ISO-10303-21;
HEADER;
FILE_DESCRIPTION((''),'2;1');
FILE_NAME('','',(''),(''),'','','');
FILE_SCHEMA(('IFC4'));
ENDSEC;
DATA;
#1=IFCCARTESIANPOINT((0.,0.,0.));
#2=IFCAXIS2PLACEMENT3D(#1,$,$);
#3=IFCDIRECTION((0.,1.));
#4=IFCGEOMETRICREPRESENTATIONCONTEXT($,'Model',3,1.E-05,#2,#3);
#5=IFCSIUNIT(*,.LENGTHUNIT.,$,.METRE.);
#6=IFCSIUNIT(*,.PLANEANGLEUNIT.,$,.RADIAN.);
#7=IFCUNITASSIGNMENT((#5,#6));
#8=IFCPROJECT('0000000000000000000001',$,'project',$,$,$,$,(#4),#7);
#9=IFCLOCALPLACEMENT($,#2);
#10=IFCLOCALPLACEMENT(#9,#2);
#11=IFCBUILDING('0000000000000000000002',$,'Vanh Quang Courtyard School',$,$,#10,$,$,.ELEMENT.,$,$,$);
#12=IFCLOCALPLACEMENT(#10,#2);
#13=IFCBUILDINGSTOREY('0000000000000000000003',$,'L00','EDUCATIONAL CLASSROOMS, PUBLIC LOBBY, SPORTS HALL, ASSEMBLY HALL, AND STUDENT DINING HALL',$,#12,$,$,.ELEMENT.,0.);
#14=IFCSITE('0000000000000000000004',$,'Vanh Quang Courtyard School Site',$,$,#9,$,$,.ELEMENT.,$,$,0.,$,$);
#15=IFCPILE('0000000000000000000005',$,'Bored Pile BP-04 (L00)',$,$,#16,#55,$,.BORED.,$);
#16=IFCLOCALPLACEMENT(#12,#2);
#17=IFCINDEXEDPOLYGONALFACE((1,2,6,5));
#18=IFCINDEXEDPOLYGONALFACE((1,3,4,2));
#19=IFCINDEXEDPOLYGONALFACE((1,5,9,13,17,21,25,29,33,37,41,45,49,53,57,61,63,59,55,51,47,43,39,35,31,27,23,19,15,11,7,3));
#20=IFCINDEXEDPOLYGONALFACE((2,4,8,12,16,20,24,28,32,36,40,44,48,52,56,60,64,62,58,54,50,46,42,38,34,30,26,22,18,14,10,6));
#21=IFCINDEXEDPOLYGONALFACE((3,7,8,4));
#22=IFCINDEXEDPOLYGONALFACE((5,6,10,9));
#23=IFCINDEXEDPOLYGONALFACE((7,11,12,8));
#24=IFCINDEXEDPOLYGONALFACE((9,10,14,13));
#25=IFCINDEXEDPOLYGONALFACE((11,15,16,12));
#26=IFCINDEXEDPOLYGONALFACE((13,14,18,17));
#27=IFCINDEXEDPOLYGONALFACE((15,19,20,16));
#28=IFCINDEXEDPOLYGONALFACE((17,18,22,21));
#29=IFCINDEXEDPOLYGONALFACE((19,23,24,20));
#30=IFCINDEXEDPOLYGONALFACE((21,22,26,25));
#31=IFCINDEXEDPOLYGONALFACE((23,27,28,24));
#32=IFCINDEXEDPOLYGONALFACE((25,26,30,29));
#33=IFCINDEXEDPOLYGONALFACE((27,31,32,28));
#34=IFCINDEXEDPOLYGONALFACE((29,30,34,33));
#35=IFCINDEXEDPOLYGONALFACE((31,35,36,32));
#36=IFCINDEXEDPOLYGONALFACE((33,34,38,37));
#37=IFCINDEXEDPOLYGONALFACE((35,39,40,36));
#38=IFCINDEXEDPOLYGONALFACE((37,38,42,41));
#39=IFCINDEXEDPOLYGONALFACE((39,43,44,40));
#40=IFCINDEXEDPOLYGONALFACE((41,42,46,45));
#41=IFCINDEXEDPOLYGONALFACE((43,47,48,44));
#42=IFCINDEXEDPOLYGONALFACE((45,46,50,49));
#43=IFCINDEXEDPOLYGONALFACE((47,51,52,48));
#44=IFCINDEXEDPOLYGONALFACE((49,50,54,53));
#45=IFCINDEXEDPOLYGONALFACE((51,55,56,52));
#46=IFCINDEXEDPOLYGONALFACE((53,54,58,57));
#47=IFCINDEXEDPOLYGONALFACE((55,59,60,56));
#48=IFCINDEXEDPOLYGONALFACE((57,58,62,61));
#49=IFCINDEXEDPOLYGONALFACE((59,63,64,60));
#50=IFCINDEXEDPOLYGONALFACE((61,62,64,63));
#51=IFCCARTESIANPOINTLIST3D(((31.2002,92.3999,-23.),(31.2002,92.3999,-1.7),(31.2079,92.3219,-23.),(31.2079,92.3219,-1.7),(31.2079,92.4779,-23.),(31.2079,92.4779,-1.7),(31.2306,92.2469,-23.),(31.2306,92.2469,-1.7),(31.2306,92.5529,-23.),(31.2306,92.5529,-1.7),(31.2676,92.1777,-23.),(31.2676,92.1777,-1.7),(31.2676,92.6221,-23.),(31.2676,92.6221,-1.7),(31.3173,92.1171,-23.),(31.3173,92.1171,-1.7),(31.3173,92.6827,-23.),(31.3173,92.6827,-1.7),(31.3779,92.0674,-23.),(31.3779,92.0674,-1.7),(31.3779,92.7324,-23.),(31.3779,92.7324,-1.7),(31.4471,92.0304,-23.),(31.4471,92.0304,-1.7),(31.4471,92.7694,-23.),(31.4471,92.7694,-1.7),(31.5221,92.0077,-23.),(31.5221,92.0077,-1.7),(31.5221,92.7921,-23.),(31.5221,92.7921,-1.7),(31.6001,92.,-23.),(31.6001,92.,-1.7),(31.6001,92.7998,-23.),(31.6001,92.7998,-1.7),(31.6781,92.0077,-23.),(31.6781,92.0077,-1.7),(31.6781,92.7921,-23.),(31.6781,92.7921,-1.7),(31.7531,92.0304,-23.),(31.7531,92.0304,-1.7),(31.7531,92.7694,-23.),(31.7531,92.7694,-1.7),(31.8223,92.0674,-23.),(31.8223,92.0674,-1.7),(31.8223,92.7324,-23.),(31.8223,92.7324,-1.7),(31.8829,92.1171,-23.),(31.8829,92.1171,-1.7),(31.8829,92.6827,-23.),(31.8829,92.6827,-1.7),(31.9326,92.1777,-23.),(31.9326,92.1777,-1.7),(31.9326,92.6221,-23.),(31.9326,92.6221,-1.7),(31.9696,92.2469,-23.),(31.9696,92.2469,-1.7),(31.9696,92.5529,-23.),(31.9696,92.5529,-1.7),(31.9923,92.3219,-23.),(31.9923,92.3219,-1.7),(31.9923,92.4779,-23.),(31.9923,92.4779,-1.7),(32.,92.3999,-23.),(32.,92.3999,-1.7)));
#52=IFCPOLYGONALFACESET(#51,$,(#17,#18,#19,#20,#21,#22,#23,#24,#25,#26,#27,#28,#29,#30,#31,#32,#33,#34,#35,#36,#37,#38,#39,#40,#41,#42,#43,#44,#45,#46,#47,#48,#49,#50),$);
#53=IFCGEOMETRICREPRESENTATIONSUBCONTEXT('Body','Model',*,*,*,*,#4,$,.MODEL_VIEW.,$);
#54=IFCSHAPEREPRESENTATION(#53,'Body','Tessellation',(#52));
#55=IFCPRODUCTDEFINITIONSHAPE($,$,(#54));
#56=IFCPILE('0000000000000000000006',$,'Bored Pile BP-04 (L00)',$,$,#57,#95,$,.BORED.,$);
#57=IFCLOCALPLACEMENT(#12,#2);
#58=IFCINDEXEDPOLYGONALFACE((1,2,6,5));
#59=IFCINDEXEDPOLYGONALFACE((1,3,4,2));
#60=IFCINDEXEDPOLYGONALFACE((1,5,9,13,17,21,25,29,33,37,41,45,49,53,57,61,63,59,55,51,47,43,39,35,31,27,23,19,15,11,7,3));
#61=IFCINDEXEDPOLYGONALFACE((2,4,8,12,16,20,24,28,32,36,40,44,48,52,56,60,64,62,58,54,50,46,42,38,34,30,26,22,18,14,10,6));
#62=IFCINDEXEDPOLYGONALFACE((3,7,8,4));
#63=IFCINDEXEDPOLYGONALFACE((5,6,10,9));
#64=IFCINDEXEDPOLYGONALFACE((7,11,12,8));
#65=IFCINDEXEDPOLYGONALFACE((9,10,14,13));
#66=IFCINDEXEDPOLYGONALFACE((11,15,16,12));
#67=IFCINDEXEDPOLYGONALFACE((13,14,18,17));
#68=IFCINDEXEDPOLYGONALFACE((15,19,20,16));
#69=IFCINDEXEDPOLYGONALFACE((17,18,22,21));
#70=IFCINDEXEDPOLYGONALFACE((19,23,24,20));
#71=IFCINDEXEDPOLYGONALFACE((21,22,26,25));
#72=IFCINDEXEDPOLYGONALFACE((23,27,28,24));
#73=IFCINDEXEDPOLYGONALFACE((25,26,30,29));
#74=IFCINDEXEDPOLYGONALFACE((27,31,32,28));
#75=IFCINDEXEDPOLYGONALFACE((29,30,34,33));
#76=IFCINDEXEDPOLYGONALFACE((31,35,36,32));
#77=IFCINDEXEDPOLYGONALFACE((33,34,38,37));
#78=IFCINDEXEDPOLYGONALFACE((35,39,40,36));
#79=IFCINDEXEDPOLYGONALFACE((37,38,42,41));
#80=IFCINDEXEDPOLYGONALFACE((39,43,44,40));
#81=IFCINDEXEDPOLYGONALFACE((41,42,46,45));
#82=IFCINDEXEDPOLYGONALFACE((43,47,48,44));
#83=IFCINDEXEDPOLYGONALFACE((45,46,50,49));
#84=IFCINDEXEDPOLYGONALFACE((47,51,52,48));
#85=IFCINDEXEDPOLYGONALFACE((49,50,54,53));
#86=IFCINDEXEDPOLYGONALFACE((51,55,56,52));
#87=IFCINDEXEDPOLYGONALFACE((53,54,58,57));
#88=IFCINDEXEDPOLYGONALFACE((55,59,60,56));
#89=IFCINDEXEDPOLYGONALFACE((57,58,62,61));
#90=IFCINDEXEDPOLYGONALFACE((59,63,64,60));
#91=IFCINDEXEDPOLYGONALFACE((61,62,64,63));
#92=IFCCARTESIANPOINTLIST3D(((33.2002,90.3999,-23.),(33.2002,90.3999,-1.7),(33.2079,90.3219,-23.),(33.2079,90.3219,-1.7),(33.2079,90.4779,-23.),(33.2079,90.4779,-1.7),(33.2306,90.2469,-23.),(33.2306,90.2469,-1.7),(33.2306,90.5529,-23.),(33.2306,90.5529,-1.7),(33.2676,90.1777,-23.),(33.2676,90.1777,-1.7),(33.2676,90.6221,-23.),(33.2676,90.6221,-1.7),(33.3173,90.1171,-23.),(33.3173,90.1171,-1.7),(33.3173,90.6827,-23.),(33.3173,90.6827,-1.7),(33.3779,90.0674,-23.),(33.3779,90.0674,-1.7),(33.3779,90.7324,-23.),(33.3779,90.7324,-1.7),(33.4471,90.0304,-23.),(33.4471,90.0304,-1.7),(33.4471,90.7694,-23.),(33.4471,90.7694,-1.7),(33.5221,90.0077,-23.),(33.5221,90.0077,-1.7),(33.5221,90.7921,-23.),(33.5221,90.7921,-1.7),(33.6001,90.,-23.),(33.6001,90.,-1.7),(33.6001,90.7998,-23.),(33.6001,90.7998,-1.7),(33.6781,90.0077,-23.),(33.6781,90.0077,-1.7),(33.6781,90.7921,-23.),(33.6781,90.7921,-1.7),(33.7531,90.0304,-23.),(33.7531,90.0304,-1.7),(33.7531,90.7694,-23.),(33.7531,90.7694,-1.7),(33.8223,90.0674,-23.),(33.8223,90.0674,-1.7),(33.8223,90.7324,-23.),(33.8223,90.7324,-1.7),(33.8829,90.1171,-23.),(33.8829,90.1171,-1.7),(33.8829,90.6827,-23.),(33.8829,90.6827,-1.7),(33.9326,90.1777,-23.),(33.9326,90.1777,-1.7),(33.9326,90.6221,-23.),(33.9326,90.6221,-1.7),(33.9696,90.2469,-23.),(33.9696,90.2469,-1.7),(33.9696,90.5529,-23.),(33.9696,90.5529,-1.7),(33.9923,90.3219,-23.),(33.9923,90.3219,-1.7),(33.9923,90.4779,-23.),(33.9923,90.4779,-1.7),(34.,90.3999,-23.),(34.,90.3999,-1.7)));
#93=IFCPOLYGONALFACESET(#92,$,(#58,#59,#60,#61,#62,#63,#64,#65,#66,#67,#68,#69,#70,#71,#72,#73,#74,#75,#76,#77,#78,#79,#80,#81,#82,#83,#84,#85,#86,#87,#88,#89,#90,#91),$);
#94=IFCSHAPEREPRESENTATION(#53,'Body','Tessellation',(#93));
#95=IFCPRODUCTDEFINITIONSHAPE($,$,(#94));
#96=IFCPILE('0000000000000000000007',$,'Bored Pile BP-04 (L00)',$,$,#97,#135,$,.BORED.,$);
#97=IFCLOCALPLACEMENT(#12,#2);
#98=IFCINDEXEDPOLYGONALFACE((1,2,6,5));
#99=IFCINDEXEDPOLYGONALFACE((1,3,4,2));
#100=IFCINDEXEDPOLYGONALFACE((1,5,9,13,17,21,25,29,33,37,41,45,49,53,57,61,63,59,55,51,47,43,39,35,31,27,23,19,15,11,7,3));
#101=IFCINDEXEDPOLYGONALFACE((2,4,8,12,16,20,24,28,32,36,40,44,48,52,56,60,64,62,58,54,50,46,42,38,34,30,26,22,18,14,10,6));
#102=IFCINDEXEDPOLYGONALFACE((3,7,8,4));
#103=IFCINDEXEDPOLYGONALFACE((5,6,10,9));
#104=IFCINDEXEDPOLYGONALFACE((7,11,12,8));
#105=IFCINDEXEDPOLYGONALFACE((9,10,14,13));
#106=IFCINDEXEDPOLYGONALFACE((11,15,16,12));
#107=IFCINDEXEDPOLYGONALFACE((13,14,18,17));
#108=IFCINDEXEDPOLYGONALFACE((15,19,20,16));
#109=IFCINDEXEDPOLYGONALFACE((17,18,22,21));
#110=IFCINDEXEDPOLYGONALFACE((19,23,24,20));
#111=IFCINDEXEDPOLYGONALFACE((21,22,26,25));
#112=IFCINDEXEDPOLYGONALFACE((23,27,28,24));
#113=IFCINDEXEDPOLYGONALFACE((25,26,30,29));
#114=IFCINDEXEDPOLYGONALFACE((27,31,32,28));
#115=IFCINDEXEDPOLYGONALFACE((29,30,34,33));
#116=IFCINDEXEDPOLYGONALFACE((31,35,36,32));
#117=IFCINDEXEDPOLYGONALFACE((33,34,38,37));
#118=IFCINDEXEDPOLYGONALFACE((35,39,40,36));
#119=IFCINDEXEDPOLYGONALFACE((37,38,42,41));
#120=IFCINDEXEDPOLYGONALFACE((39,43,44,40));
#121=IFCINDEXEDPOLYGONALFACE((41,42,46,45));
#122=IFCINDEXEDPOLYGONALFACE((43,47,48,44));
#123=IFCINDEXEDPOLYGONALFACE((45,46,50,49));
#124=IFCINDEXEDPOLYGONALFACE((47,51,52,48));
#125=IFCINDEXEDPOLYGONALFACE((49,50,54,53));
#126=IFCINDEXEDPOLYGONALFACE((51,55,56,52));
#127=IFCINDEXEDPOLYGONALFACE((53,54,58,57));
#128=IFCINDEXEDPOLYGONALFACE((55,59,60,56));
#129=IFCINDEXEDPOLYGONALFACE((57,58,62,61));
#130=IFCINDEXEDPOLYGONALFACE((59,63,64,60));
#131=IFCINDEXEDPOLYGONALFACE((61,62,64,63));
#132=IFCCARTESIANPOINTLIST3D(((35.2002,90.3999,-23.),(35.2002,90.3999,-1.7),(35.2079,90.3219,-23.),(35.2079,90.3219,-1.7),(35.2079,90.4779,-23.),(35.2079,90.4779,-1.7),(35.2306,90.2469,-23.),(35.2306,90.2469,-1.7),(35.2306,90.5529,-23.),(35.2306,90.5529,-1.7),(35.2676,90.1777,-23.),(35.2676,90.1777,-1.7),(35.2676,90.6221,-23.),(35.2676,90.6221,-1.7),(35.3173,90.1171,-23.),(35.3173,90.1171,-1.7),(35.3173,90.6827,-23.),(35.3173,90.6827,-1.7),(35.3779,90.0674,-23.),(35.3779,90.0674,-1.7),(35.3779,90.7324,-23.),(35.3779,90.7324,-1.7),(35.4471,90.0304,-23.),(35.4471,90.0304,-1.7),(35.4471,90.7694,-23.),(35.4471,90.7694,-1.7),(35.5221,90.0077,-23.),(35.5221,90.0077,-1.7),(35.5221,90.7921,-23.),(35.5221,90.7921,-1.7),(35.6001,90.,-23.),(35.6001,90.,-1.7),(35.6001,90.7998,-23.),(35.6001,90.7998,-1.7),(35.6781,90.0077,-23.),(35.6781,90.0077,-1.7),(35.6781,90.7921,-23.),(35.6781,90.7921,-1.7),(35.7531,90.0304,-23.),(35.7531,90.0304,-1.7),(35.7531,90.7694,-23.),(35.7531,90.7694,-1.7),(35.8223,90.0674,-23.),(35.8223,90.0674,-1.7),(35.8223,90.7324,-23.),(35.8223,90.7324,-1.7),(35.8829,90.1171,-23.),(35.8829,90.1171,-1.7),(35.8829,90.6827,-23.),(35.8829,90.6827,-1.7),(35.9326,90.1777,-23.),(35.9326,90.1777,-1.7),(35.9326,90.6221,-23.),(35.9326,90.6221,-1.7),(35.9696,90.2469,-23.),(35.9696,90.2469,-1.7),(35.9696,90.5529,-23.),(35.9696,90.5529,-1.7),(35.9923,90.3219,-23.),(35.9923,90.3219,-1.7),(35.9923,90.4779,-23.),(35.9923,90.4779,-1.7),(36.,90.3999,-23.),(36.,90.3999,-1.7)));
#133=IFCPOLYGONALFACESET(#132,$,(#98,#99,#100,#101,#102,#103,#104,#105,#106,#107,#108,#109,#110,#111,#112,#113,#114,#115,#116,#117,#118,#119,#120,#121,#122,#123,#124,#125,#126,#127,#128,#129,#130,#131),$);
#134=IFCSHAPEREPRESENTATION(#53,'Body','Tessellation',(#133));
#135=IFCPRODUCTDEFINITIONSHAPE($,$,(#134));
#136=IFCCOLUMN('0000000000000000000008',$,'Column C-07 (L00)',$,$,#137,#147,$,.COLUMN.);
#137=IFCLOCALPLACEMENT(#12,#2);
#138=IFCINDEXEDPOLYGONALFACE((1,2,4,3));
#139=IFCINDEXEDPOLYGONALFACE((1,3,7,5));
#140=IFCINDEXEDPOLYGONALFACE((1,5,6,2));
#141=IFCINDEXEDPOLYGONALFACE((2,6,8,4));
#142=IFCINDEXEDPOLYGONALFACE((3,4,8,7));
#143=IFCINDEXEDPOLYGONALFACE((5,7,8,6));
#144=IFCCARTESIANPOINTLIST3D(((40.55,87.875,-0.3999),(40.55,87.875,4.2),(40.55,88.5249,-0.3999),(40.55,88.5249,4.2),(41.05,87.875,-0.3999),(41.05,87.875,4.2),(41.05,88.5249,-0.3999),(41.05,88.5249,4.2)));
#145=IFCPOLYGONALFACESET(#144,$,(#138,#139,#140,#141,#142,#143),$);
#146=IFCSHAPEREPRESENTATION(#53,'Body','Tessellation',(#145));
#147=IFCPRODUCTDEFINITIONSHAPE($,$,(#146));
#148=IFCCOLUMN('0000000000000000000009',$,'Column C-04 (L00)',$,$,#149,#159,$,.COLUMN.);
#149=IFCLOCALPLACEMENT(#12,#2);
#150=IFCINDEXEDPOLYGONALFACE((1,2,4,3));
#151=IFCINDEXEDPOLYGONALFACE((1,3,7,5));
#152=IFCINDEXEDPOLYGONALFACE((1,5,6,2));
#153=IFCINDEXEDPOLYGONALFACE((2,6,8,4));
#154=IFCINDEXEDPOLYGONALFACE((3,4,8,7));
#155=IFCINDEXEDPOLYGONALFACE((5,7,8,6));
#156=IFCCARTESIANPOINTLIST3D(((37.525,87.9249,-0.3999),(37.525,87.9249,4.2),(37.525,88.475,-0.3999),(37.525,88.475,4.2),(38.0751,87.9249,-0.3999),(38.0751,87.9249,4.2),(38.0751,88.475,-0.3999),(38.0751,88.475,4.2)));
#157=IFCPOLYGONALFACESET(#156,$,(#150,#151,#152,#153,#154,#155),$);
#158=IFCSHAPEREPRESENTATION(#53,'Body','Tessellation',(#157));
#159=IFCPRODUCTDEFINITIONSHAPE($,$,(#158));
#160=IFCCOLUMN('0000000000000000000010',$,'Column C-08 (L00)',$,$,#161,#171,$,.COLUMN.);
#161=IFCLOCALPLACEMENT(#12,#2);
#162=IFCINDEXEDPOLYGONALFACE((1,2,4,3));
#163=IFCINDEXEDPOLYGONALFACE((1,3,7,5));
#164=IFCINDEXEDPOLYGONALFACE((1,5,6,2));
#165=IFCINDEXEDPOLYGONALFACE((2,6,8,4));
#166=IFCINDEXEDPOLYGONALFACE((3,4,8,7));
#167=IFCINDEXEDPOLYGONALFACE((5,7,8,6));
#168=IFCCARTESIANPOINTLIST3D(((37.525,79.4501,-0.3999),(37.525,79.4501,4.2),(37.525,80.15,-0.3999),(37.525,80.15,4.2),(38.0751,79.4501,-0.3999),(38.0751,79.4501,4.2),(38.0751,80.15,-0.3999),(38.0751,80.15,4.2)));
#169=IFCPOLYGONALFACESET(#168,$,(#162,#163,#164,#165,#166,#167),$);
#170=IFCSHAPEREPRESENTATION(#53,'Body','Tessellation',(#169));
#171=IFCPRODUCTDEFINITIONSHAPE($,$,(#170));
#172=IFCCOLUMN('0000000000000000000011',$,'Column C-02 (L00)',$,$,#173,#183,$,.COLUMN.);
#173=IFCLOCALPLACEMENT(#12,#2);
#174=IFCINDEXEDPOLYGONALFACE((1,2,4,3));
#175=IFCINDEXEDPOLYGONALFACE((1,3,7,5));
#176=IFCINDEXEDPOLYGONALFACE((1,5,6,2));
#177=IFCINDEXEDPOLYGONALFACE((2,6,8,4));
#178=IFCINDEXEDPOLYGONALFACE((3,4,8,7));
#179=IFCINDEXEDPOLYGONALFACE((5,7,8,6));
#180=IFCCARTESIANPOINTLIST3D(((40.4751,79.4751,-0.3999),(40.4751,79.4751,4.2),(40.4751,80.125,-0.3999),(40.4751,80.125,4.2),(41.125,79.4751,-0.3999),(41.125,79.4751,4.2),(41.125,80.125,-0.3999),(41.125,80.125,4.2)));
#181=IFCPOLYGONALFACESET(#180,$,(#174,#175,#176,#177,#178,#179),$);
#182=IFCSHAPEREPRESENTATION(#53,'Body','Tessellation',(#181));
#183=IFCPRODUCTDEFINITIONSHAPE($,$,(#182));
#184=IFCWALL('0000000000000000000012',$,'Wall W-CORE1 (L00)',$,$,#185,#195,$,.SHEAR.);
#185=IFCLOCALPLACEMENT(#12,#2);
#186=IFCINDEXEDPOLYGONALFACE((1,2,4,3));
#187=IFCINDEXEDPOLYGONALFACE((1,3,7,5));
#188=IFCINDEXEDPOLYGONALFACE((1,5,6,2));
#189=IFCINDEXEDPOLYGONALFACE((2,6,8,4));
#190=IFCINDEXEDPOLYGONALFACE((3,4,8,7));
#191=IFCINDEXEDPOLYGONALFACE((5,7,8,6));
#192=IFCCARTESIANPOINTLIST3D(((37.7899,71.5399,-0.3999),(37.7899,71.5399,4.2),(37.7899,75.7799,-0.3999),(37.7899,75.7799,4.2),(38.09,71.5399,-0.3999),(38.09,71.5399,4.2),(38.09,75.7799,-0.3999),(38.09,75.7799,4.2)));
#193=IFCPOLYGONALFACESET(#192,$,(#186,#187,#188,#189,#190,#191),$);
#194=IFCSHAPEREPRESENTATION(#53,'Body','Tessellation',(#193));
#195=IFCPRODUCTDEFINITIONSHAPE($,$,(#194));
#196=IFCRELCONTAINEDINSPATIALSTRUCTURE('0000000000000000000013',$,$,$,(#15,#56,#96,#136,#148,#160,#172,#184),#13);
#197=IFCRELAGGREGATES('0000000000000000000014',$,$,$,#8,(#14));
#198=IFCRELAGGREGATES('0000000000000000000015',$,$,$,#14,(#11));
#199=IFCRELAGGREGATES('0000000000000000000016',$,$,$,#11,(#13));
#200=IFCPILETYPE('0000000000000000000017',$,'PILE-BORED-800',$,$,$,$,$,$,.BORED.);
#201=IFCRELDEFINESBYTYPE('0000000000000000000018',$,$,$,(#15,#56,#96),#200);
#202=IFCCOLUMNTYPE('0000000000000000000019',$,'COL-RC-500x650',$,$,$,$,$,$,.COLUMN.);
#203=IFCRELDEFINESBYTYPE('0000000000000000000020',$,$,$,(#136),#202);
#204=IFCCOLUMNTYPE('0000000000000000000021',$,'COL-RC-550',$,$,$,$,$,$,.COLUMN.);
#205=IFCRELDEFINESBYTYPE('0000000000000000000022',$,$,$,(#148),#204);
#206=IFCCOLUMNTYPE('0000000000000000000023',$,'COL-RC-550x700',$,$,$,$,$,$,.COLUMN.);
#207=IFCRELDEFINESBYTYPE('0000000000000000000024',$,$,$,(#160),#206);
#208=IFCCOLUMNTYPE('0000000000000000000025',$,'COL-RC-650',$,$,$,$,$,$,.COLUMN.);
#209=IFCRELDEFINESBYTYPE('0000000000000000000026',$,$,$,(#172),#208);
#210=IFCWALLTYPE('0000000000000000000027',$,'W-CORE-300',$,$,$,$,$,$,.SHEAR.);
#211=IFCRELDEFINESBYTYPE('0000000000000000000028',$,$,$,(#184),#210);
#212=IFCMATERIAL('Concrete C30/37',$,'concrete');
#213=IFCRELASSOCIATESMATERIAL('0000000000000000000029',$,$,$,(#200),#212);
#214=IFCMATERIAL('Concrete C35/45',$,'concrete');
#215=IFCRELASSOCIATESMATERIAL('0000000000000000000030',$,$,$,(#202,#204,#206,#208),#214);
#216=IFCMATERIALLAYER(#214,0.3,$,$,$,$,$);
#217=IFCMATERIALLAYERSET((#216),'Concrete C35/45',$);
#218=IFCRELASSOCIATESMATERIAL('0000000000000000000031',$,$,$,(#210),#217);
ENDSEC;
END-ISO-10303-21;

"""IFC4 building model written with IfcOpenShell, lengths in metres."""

from ifc_helpers import new_model, si_unit, direction, frame, frame_2d, origin, origin_2d, place, context, subcontext, project, spatial, rectangle, circle, extrude, material, layer, layer_set, material_profile, profile_set, type_object, element, save


model = new_model("IFC4")

# Units and contexts
model_context = context("Model", 3, precision=1e-05, world=origin(), true_north=direction((0.0, 1.0)))
body_context = subcontext(model_context, "Body", "Model", "MODEL_VIEW")
ifc_project = project(units=[si_unit("LENGTHUNIT", "METRE"), si_unit("PLANEANGLEUNIT", "RADIAN")], contexts=[model_context])

# Site, building, storey
site_placement = place(None, origin())
site = spatial("IfcSite", under=ifc_project, at=site_placement, Name="Vanh Quang Courtyard School Site", CompositionType="ELEMENT", RefElevation=0.0)
building_placement = place(site_placement, origin())
building = spatial("IfcBuilding", under=site, at=building_placement, Name="Vanh Quang Courtyard School", CompositionType="ELEMENT")
storey_placement = place(building_placement, origin())
storey = spatial("IfcBuildingStorey", under=building, at=storey_placement, Name="L00", Description="EDUCATIONAL CLASSROOMS, PUBLIC LOBBY, SPORTS HALL, ASSEMBLY HALL, AND STUDENT DINING HALL", CompositionType="ELEMENT", Elevation=0.0)

# Shared definitions
ifc_material_1 = material(Name="Concrete C35/45", Category="concrete")

# Piles
ifc_material_2 = material(Name="Concrete C30/37", Category="concrete")
ifc_material_profile_1 = material_profile(ifc_material_2, circle(Radius=0.3999, at=origin_2d()), Name="PILE D800")
ifc_profile_set_1 = profile_set([ifc_material_profile_1], Name="Concrete C30/37")
pile_type_1 = type_object("IfcPileType", Name="PILE-BORED-800", PredefinedType="BORED", material=ifc_profile_set_1)
for number, where, z_axis, x_axis, name in (
    (1, (31.6001, 92.3999, -1.7), (0.0, 0.0, -1.0), (1.0, 0.0, 0.0), "Bored Pile BP-04 (L00)"),
    (2, (33.6001, 90.3999, -1.7), (0.0, 0.0, -1.0), (1.0, 0.0, 0.0), "Bored Pile BP-04 (L00)"),
    (3, (35.6001, 90.3999, -1.7), (0.0, 0.0, -1.0), (1.0, 0.0, 0.0), "Bored Pile BP-04 (L00)"),
):
    element("IfcPile", number, at=place(storey_placement, frame(where, z_axis=z_axis, x_axis=x_axis)), inside=storey, type_object=pile_type_1, Name=name, PredefinedType="BORED", context=body_context, shape_type="SweptSolid", body=[
        extrude(circle(Radius=0.3999, at=origin_2d()), origin(), (0.0, 0.0, 1.0), 21.3),
    ])

# Columns
ifc_material_profile_2 = material_profile(ifc_material_1, rectangle(XDim=0.5, YDim=0.6499, at=origin_2d()), Name="RC-COL 500x650")
ifc_profile_set_2 = profile_set([ifc_material_profile_2], Name="Concrete C35/45")
column_type_1 = type_object("IfcColumnType", Name="COL-RC-500x650", PredefinedType="COLUMN", material=ifc_profile_set_2)
column_1_placement = place(storey_placement, frame((40.8, 88.2, -0.3999), z_axis=(0.0, 0.0, 1.0), x_axis=(1.0, 0.0, 0.0)))
element("IfcColumn", 4, at=column_1_placement, inside=storey, type_object=column_type_1, Name="Column C-07 (L00)", PredefinedType="COLUMN", context=body_context, shape_type="SweptSolid", body=[
    extrude(rectangle(XDim=0.5, YDim=0.6499, at=origin_2d()), origin(), (0.0, 0.0, 1.0), 4.5999),
])
ifc_material_profile_3 = material_profile(ifc_material_1, rectangle(XDim=0.55, YDim=0.55, at=origin_2d()), Name="RC-COL 550x550")
ifc_profile_set_3 = profile_set([ifc_material_profile_3], Name="Concrete C35/45")
column_type_2 = type_object("IfcColumnType", Name="COL-RC-550", PredefinedType="COLUMN", material=ifc_profile_set_3)
column_2_placement = place(storey_placement, frame((37.8, 88.2, -0.3999), z_axis=(0.0, 0.0, 1.0), x_axis=(1.0, 0.0, 0.0)))
element("IfcColumn", 5, at=column_2_placement, inside=storey, type_object=column_type_2, Name="Column C-04 (L00)", PredefinedType="COLUMN", context=body_context, shape_type="SweptSolid", body=[
    extrude(rectangle(XDim=0.55, YDim=0.55, at=origin_2d()), origin(), (0.0, 0.0, 1.0), 4.5999),
])
ifc_material_profile_4 = material_profile(ifc_material_1, rectangle(XDim=0.55, YDim=0.7, at=origin_2d()), Name="RC-COL 550x700")
ifc_profile_set_4 = profile_set([ifc_material_profile_4], Name="Concrete C35/45")
column_type_3 = type_object("IfcColumnType", Name="COL-RC-550x700", PredefinedType="COLUMN", material=ifc_profile_set_4)
column_3_placement = place(storey_placement, frame((37.8, 79.8, -0.3999), z_axis=(0.0, 0.0, 1.0), x_axis=(1.0, 0.0, 0.0)))
element("IfcColumn", 6, at=column_3_placement, inside=storey, type_object=column_type_3, Name="Column C-08 (L00)", PredefinedType="COLUMN", context=body_context, shape_type="SweptSolid", body=[
    extrude(rectangle(XDim=0.55, YDim=0.7, at=origin_2d()), origin(), (0.0, 0.0, 1.0), 4.5999),
])
ifc_material_profile_5 = material_profile(ifc_material_1, rectangle(XDim=0.6499, YDim=0.6499, at=origin_2d()), Name="RC-COL 650x650")
ifc_profile_set_5 = profile_set([ifc_material_profile_5], Name="Concrete C35/45")
column_type_4 = type_object("IfcColumnType", Name="COL-RC-650", PredefinedType="COLUMN", material=ifc_profile_set_5)
column_4_placement = place(storey_placement, frame((40.8, 79.8, -0.3999), z_axis=(0.0, 0.0, 1.0), x_axis=(1.0, 0.0, 0.0)))
element("IfcColumn", 7, at=column_4_placement, inside=storey, type_object=column_type_4, Name="Column C-02 (L00)", PredefinedType="COLUMN", context=body_context, shape_type="SweptSolid", body=[
    extrude(rectangle(XDim=0.6499, YDim=0.6499, at=origin_2d()), origin(), (0.0, 0.0, 1.0), 4.5999),
])

# Wall
ifc_layer_1 = layer(ifc_material_1, 0.3)
ifc_layer_set_1 = layer_set([ifc_layer_1], Name="Concrete C35/45")
wall_type_1 = type_object("IfcWallType", Name="W-CORE-300", PredefinedType="SHEAR", material=ifc_layer_set_1)
wall_1_placement = place(storey_placement, frame((37.9399, 75.78, -0.3999), z_axis=(0.0, 0.0, 1.0), x_axis=(0.0, -1.0, 0.0)))
element("IfcWall", 8, at=wall_1_placement, inside=storey, type_object=wall_type_1, Name="Wall W-CORE1 (L00)", PredefinedType="SHEAR", context=body_context, shape_type="SweptSolid", body=[
    extrude(rectangle(XDim=4.24, YDim=0.3, at=frame_2d((2.1201, 0.0))), origin(), (0.0, 0.0, 1.0), 4.5999),
])

save(model, "model.ifc")
